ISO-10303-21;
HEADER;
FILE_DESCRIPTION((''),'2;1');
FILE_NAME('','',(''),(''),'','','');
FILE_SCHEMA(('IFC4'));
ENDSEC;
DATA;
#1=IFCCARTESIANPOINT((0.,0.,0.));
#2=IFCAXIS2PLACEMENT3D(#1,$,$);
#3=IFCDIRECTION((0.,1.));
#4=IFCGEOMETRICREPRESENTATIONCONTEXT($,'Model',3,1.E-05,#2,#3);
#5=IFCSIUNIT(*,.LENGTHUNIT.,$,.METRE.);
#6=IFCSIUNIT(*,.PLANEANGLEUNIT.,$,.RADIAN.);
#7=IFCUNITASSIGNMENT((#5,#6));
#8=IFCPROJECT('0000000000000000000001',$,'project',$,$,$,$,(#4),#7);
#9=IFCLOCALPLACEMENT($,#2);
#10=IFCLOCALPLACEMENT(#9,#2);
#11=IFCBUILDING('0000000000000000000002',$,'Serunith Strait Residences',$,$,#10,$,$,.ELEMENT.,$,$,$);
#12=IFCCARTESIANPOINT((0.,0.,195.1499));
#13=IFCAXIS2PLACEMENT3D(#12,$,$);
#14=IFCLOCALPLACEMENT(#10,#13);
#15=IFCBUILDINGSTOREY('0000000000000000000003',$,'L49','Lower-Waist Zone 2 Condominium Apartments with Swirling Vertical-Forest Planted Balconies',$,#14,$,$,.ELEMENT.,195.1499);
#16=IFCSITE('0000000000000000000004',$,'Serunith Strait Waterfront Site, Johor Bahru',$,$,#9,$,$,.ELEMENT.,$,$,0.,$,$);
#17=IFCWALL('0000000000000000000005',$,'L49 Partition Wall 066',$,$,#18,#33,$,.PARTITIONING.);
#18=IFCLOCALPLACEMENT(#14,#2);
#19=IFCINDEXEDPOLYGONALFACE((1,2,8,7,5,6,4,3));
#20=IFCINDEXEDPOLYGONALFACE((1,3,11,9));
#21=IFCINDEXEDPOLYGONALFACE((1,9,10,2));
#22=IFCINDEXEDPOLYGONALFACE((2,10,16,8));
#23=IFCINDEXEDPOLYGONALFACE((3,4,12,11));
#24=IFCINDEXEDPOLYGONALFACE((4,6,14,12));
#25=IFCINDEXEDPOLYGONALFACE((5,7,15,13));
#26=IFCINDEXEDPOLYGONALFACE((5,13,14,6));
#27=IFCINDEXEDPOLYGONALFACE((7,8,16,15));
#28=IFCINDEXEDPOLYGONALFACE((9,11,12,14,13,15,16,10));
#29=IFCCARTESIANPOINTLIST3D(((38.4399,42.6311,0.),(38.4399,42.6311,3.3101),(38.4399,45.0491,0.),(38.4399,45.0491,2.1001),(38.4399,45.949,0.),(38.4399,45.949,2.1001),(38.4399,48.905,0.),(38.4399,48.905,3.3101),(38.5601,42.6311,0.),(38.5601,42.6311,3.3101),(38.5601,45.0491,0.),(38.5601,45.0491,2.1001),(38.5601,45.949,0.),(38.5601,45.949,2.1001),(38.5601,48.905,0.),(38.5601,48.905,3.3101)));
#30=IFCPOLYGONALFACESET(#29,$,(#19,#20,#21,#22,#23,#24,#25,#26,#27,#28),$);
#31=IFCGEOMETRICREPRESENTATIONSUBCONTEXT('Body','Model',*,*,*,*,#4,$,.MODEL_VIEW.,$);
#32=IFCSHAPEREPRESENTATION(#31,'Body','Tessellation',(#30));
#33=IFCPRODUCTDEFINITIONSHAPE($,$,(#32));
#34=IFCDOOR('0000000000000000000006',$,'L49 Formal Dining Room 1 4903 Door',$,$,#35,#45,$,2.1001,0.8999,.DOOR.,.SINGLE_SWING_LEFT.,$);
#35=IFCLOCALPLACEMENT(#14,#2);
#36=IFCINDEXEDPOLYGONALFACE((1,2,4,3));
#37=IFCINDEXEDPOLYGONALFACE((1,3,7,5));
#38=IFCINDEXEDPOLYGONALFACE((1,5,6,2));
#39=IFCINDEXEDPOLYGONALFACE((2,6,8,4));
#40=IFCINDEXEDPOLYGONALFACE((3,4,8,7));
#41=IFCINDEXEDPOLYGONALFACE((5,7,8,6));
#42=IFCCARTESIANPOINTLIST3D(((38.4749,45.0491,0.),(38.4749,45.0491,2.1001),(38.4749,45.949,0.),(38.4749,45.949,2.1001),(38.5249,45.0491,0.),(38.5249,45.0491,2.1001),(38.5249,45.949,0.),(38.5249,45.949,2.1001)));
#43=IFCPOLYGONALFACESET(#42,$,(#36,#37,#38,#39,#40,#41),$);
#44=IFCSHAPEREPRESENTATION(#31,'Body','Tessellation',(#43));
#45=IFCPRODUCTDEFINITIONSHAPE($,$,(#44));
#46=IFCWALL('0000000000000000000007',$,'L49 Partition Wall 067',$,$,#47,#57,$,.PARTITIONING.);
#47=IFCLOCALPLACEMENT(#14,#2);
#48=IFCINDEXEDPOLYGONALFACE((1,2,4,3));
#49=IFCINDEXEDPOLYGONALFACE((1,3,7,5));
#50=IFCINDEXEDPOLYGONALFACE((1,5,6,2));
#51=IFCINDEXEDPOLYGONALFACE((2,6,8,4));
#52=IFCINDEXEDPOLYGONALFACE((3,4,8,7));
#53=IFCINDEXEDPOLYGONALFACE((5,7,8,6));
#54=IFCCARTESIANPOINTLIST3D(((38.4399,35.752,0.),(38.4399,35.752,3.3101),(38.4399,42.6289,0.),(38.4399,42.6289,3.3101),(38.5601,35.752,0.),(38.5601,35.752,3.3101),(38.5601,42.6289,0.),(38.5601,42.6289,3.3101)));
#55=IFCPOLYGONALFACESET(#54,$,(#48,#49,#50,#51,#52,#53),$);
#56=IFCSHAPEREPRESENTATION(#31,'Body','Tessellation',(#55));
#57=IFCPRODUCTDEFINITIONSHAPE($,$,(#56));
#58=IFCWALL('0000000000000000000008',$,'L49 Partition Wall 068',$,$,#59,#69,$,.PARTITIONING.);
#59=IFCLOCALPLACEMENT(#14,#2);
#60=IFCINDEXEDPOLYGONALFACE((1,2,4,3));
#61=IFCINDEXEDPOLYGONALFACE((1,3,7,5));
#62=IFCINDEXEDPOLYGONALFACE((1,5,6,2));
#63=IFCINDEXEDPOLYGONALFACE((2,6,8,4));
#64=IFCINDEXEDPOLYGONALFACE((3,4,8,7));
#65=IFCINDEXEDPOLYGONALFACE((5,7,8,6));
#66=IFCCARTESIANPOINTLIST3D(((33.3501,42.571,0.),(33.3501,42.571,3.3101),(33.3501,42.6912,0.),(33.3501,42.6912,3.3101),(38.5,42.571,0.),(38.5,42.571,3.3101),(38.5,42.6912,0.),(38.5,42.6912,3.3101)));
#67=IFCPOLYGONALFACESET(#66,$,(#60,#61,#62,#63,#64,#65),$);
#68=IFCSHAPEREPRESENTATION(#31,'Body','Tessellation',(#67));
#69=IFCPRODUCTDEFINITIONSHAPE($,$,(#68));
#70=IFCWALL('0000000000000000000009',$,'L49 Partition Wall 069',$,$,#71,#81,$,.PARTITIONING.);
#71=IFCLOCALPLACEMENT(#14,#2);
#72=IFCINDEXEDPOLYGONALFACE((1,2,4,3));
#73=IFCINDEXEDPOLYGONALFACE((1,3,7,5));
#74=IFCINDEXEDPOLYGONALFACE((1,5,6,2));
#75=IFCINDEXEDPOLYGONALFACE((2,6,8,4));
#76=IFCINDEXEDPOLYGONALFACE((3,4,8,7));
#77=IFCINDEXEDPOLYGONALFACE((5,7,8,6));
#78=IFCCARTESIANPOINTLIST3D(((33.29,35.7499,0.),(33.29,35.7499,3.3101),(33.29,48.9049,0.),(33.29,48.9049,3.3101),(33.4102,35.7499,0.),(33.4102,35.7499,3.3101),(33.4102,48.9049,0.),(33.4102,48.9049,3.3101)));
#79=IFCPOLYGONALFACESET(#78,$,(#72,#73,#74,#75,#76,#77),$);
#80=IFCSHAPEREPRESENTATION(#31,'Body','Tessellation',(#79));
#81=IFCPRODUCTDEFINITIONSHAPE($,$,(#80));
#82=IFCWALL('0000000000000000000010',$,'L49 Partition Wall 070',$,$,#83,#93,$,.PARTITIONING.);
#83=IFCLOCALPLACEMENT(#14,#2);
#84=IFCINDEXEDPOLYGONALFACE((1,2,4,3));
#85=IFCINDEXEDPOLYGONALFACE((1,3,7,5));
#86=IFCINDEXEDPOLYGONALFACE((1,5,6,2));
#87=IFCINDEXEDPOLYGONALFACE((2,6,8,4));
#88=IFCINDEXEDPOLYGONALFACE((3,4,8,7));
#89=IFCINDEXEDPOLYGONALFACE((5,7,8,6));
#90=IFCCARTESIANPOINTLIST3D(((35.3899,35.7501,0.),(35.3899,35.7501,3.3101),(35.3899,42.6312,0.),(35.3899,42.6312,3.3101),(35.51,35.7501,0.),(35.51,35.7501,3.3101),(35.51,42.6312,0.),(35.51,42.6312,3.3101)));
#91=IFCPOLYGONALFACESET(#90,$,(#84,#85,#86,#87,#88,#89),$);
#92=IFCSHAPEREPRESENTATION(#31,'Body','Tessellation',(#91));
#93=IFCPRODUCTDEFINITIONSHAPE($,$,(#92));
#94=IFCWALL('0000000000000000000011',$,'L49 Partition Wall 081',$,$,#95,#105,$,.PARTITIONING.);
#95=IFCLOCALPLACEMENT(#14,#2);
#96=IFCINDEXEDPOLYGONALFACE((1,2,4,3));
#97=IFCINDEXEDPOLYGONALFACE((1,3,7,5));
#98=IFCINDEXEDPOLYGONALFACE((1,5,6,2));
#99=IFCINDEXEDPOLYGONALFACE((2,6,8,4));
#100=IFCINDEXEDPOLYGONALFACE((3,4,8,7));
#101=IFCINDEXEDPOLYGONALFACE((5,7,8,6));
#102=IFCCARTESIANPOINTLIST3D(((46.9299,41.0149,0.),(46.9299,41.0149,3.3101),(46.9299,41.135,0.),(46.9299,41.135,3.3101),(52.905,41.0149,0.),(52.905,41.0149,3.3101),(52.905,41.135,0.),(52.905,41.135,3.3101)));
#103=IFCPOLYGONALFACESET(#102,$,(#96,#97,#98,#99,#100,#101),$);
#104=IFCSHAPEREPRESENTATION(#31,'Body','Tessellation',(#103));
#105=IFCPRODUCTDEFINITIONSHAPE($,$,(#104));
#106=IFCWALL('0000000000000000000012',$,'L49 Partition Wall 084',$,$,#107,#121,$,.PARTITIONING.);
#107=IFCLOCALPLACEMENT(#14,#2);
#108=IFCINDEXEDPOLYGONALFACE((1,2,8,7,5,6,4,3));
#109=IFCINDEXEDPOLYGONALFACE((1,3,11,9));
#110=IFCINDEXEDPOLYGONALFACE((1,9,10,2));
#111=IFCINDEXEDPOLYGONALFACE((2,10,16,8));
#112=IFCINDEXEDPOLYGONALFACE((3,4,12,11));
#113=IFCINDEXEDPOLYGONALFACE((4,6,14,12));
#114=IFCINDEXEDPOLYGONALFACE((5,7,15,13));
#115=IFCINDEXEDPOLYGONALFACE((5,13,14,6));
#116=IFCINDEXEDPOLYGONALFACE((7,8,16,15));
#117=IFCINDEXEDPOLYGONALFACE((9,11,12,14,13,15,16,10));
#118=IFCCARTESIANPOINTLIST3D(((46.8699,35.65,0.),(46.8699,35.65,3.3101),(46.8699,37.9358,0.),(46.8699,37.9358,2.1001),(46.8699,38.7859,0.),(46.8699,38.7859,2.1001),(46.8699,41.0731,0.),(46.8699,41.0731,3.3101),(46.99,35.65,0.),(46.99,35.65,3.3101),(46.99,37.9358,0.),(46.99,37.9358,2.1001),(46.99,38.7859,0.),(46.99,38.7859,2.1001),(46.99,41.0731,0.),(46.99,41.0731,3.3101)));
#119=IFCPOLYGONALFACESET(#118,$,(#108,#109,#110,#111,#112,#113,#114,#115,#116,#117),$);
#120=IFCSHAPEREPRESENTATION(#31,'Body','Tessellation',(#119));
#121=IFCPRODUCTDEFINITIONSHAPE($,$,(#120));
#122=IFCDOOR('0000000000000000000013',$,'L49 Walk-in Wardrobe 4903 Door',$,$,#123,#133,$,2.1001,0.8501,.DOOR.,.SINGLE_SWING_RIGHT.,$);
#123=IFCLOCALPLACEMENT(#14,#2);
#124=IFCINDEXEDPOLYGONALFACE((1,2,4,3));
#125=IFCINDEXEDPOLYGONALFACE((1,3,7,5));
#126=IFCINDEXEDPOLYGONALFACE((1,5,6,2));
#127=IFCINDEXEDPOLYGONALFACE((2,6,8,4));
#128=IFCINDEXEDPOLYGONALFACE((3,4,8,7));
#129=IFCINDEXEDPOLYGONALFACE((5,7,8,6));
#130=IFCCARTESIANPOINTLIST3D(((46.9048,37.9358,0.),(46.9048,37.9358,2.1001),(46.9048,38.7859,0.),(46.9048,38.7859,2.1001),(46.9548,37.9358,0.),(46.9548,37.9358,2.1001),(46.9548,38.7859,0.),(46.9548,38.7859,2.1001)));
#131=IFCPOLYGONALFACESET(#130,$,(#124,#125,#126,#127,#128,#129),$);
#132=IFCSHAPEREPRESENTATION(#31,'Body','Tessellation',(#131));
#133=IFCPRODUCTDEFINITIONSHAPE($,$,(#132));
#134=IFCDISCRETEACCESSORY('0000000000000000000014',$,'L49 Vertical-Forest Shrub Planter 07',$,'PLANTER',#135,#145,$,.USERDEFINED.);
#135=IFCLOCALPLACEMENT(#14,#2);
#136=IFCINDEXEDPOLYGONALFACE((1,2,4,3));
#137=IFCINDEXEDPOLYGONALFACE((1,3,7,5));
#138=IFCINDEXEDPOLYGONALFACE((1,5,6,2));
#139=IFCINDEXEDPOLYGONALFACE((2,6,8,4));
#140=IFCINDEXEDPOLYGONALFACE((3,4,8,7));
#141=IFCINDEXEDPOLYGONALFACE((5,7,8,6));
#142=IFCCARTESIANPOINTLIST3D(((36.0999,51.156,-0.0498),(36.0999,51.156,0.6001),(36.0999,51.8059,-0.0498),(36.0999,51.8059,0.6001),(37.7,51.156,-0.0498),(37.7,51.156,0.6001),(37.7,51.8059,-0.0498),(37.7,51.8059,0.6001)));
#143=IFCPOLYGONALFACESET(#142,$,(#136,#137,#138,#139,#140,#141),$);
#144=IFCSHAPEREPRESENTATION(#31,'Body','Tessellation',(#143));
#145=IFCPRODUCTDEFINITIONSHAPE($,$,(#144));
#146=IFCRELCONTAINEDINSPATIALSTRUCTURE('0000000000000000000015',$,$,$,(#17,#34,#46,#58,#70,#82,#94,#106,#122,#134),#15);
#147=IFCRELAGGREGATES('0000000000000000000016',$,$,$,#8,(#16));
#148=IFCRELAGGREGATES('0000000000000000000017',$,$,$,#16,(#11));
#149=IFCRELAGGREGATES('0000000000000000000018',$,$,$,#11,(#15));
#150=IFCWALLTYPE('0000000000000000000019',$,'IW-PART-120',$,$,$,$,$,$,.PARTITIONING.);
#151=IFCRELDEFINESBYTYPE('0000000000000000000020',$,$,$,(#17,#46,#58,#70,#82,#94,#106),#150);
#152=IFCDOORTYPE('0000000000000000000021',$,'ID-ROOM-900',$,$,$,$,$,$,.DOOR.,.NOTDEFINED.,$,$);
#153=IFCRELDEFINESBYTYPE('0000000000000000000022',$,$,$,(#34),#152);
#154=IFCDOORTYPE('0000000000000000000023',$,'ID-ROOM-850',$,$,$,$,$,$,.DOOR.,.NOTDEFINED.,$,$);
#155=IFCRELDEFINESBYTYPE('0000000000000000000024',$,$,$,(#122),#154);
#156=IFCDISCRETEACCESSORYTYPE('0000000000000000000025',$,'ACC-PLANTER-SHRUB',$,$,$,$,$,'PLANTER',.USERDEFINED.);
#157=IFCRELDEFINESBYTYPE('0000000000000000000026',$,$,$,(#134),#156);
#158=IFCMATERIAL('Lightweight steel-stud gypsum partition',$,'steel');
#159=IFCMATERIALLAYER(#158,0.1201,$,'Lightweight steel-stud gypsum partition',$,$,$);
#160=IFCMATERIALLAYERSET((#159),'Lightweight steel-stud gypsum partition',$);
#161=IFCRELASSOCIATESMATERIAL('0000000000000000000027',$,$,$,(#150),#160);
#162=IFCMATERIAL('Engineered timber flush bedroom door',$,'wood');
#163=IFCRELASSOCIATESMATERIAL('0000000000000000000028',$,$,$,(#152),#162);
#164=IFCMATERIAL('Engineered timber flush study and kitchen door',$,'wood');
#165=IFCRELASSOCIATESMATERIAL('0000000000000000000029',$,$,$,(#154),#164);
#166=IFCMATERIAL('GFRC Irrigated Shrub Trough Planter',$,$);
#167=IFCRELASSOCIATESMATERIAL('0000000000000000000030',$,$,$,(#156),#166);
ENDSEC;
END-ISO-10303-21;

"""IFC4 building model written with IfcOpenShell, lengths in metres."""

from ifc_helpers import new_model, si_unit, direction, frame, frame_2d, origin, origin_2d, place, context, subcontext, project, spatial, rectangle, extrude, source, transform, mapped, material, layer, layer_set, type_object, element, fill, save


model = new_model("IFC4")

# Units and contexts
model_context = context("Model", 3, precision=1e-05, world=origin(), true_north=direction((0.0, 1.0)))
body_context = subcontext(model_context, "Body", "Model", "MODEL_VIEW")
ifc_project = project(units=[si_unit("LENGTHUNIT", "METRE"), si_unit("PLANEANGLEUNIT", "RADIAN")], contexts=[model_context])

# Site, building, storey
site_placement = place(None, origin())
site = spatial("IfcSite", under=ifc_project, at=site_placement, Name="Serunith Strait Waterfront Site, Johor Bahru", CompositionType="ELEMENT", RefElevation=0.0)
building_placement = place(site_placement, origin())
building = spatial("IfcBuilding", under=site, at=building_placement, Name="Serunith Strait Residences", CompositionType="ELEMENT")
storey_placement = place(building_placement, frame((0.0, 0.0, 195.1499)))
storey = spatial("IfcBuildingStorey", under=building, at=storey_placement, Name="L49", Description="Lower-Waist Zone 2 Condominium Apartments with Swirling Vertical-Forest Planted Balconies", CompositionType="ELEMENT", Elevation=195.1499)

# Wall, opening, door
ifc_material_1 = material(Name="Lightweight steel-stud gypsum partition", Category="steel")
ifc_layer_1 = layer(ifc_material_1, 0.1201, Name="Lightweight steel-stud gypsum partition")
ifc_layer_set_1 = layer_set([ifc_layer_1], Name="Lightweight steel-stud gypsum partition")
wall_type = type_object("IfcWallType", Name="IW-PART-120", PredefinedType="PARTITIONING", material=ifc_layer_set_1)
wall_1_placement = place(storey_placement, frame((38.5, 48.905, 0.0), z_axis=(0.0, 0.0, 1.0), x_axis=(0.0, -1.0, 0.0)))
wall_1 = element("IfcWall", 1, at=wall_1_placement, inside=storey, type_object=wall_type, Name="L49 Partition Wall 066", PredefinedType="PARTITIONING", context=body_context, shape_type="SweptSolid", body=[
    extrude(rectangle(XDim=6.2739, YDim=0.1201, at=frame_2d((3.137, 0.0))), origin(), (0.0, 0.0, 1.0), 3.3101),
])
opening_1_placement = place(wall_1_placement, frame((2.9561, 0.0, 0.0)))
opening_1 = element("IfcOpeningElement", 2, at=opening_1_placement, cuts=wall_1, PredefinedType="OPENING", context=body_context, shape_type="SweptSolid", body=[
    extrude(rectangle(XDim=0.8999, YDim=2.1001, at=frame_2d((0.45, 1.05))), frame((0.0, 0.0701, 0.0), z_axis=(0.0, -1.0, 0.0), x_axis=(1.0, 0.0, 0.0)), (0.0, 0.0, 1.0), 0.1401),
])
ifc_material_2 = material(Name="Engineered timber flush bedroom door", Category="wood")
door_type_1 = type_object("IfcDoorType", Name="ID-ROOM-900", OperationType="NOTDEFINED", PredefinedType="DOOR", material=ifc_material_2)
shared_shape_1 = source(origin(), body_context, "Body", "SweptSolid", [
    extrude(rectangle(XDim=0.8999, YDim=2.1001, at=frame_2d((0.45, 1.05))), frame((0.0, 0.0249, 0.0), z_axis=(0.0, -1.0, 0.0), x_axis=(1.0, 0.0, 0.0)), (0.0, 0.0, 1.0), 0.05),
])
door_1_placement = place(opening_1_placement, origin())
door_1 = element("IfcDoor", 3, at=door_1_placement, inside=storey, type_object=door_type_1, Name="L49 Formal Dining Room 1 4903 Door", OperationType="SINGLE_SWING_LEFT", OverallHeight=2.1001, OverallWidth=0.8999, PredefinedType="DOOR", context=body_context, shape_type="MappedRepresentation", body=[
    mapped(shared_shape_1, transform((0.0, 0.0, 0.0), scale=1.0)),
])
fill(opening_1, door_1)

# Walls
wall_2_placement = place(storey_placement, frame((38.5, 42.6289, 0.0), z_axis=(0.0, 0.0, 1.0), x_axis=(0.0, -1.0, 0.0)))
element("IfcWall", 4, at=wall_2_placement, inside=storey, type_object=wall_type, Name="L49 Partition Wall 067", PredefinedType="PARTITIONING", context=body_context, shape_type="SweptSolid", body=[
    extrude(rectangle(XDim=6.877, YDim=0.1201, at=frame_2d((3.4385, 0.0))), origin(), (0.0, 0.0, 1.0), 3.3101),
])
wall_3_placement = place(storey_placement, frame((33.3501, 42.6311, 0.0), z_axis=(0.0, 0.0, 1.0), x_axis=(1.0, 0.0, 0.0)))
element("IfcWall", 5, at=wall_3_placement, inside=storey, type_object=wall_type, Name="L49 Partition Wall 068", PredefinedType="PARTITIONING", context=body_context, shape_type="SweptSolid", body=[
    extrude(rectangle(XDim=5.1499, YDim=0.1201, at=frame_2d((2.575, 0.0))), origin(), (0.0, 0.0, 1.0), 3.3101),
])
wall_4_placement = place(storey_placement, frame((33.3501, 48.905, 0.0), z_axis=(0.0, 0.0, 1.0), x_axis=(0.0, -1.0, 0.0)))
element("IfcWall", 6, at=wall_4_placement, inside=storey, type_object=wall_type, Name="L49 Partition Wall 069", PredefinedType="PARTITIONING", context=body_context, shape_type="SweptSolid", body=[
    extrude(rectangle(XDim=13.155, YDim=0.1201, at=frame_2d((6.5776, 0.0))), origin(), (0.0, 0.0, 1.0), 3.3101),
])
wall_5_placement = place(storey_placement, frame((35.45, 42.6311, 0.0), z_axis=(0.0, 0.0, 1.0), x_axis=(0.0, -1.0, 0.0)))
element("IfcWall", 7, at=wall_5_placement, inside=storey, type_object=wall_type, Name="L49 Partition Wall 070", PredefinedType="PARTITIONING", context=body_context, shape_type="SweptSolid", body=[
    extrude(rectangle(XDim=6.8811, YDim=0.1201, at=frame_2d((3.4404, 0.0))), origin(), (0.0, 0.0, 1.0), 3.3101),
])
wall_6_placement = place(storey_placement, frame((46.9299, 41.075, 0.0), z_axis=(0.0, 0.0, 1.0), x_axis=(1.0, 0.0, 0.0)))
element("IfcWall", 8, at=wall_6_placement, inside=storey, type_object=wall_type, Name="L49 Partition Wall 081", PredefinedType="PARTITIONING", context=body_context, shape_type="SweptSolid", body=[
    extrude(rectangle(XDim=5.9751, YDim=0.1201, at=frame_2d((2.9875, 0.0))), origin(), (0.0, 0.0, 1.0), 3.3101),
])

# Wall, opening, door
wall_7_placement = place(storey_placement, frame((46.9299, 41.073, 0.0), z_axis=(0.0, 0.0, 1.0), x_axis=(0.0, -1.0, 0.0)))
wall_7 = element("IfcWall", 9, at=wall_7_placement, inside=storey, type_object=wall_type, Name="L49 Partition Wall 084", PredefinedType="PARTITIONING", context=body_context, shape_type="SweptSolid", body=[
    extrude(rectangle(XDim=5.4231, YDim=0.1201, at=frame_2d((2.7114, 0.0))), origin(), (0.0, 0.0, 1.0), 3.3101),
])
opening_2_placement = place(wall_7_placement, frame((2.2871, 0.0, 0.0)))
opening_2 = element("IfcOpeningElement", 10, at=opening_2_placement, cuts=wall_7, PredefinedType="OPENING", context=body_context, shape_type="SweptSolid", body=[
    extrude(rectangle(XDim=0.8501, YDim=2.1001, at=frame_2d((0.425, 1.05))), frame((0.0, 0.0701, 0.0), z_axis=(0.0, -1.0, 0.0), x_axis=(1.0, 0.0, 0.0)), (0.0, 0.0, 1.0), 0.1401),
])
ifc_material_3 = material(Name="Engineered timber flush study and kitchen door", Category="wood")
door_type_2 = type_object("IfcDoorType", Name="ID-ROOM-850", OperationType="NOTDEFINED", PredefinedType="DOOR", material=ifc_material_3)
shared_shape_2 = source(origin(), body_context, "Body", "SweptSolid", [
    extrude(rectangle(XDim=0.8501, YDim=2.1001, at=frame_2d((0.425, 1.05))), frame((0.0, 0.0249, 0.0), z_axis=(0.0, -1.0, 0.0), x_axis=(1.0, 0.0, 0.0)), (0.0, 0.0, 1.0), 0.05),
])
door_2_placement = place(opening_2_placement, origin())
door_2 = element("IfcDoor", 11, at=door_2_placement, inside=storey, type_object=door_type_2, Name="L49 Walk-in Wardrobe 4903 Door", OperationType="SINGLE_SWING_RIGHT", OverallHeight=2.1001, OverallWidth=0.8501, PredefinedType="DOOR", context=body_context, shape_type="MappedRepresentation", body=[
    mapped(shared_shape_2, transform((0.0, 0.0, 0.0), scale=1.0)),
])
fill(opening_2, door_2)

# Discrete accessory
ifc_material_4 = material(Name="GFRC Irrigated Shrub Trough Planter")
discrete_accessory_type = type_object("IfcDiscreteAccessoryType", Name="ACC-PLANTER-SHRUB", ElementType="PLANTER", PredefinedType="USERDEFINED", material=ifc_material_4)
shared_shape_3 = source(origin(), body_context, "Body", "SweptSolid", [
    extrude(rectangle(XDim=1.6001, YDim=0.6499, at=origin_2d()), origin(), (0.0, 0.0, 1.0), 0.6499),
])
discrete_accessory_placement = place(storey_placement, frame((36.8999, 51.481, -0.0498), z_axis=(0.0, 0.0, 1.0), x_axis=(-1.0, 0.0, 0.0)))
element("IfcDiscreteAccessory", 12, at=discrete_accessory_placement, inside=storey, type_object=discrete_accessory_type, Name="L49 Vertical-Forest Shrub Planter 07", ObjectType="PLANTER", PredefinedType="USERDEFINED", context=body_context, shape_type="MappedRepresentation", body=[
    mapped(shared_shape_3, transform((0.0, 0.0, 0.0), scale=1.0)),
])

save(model, "model.ifc")
